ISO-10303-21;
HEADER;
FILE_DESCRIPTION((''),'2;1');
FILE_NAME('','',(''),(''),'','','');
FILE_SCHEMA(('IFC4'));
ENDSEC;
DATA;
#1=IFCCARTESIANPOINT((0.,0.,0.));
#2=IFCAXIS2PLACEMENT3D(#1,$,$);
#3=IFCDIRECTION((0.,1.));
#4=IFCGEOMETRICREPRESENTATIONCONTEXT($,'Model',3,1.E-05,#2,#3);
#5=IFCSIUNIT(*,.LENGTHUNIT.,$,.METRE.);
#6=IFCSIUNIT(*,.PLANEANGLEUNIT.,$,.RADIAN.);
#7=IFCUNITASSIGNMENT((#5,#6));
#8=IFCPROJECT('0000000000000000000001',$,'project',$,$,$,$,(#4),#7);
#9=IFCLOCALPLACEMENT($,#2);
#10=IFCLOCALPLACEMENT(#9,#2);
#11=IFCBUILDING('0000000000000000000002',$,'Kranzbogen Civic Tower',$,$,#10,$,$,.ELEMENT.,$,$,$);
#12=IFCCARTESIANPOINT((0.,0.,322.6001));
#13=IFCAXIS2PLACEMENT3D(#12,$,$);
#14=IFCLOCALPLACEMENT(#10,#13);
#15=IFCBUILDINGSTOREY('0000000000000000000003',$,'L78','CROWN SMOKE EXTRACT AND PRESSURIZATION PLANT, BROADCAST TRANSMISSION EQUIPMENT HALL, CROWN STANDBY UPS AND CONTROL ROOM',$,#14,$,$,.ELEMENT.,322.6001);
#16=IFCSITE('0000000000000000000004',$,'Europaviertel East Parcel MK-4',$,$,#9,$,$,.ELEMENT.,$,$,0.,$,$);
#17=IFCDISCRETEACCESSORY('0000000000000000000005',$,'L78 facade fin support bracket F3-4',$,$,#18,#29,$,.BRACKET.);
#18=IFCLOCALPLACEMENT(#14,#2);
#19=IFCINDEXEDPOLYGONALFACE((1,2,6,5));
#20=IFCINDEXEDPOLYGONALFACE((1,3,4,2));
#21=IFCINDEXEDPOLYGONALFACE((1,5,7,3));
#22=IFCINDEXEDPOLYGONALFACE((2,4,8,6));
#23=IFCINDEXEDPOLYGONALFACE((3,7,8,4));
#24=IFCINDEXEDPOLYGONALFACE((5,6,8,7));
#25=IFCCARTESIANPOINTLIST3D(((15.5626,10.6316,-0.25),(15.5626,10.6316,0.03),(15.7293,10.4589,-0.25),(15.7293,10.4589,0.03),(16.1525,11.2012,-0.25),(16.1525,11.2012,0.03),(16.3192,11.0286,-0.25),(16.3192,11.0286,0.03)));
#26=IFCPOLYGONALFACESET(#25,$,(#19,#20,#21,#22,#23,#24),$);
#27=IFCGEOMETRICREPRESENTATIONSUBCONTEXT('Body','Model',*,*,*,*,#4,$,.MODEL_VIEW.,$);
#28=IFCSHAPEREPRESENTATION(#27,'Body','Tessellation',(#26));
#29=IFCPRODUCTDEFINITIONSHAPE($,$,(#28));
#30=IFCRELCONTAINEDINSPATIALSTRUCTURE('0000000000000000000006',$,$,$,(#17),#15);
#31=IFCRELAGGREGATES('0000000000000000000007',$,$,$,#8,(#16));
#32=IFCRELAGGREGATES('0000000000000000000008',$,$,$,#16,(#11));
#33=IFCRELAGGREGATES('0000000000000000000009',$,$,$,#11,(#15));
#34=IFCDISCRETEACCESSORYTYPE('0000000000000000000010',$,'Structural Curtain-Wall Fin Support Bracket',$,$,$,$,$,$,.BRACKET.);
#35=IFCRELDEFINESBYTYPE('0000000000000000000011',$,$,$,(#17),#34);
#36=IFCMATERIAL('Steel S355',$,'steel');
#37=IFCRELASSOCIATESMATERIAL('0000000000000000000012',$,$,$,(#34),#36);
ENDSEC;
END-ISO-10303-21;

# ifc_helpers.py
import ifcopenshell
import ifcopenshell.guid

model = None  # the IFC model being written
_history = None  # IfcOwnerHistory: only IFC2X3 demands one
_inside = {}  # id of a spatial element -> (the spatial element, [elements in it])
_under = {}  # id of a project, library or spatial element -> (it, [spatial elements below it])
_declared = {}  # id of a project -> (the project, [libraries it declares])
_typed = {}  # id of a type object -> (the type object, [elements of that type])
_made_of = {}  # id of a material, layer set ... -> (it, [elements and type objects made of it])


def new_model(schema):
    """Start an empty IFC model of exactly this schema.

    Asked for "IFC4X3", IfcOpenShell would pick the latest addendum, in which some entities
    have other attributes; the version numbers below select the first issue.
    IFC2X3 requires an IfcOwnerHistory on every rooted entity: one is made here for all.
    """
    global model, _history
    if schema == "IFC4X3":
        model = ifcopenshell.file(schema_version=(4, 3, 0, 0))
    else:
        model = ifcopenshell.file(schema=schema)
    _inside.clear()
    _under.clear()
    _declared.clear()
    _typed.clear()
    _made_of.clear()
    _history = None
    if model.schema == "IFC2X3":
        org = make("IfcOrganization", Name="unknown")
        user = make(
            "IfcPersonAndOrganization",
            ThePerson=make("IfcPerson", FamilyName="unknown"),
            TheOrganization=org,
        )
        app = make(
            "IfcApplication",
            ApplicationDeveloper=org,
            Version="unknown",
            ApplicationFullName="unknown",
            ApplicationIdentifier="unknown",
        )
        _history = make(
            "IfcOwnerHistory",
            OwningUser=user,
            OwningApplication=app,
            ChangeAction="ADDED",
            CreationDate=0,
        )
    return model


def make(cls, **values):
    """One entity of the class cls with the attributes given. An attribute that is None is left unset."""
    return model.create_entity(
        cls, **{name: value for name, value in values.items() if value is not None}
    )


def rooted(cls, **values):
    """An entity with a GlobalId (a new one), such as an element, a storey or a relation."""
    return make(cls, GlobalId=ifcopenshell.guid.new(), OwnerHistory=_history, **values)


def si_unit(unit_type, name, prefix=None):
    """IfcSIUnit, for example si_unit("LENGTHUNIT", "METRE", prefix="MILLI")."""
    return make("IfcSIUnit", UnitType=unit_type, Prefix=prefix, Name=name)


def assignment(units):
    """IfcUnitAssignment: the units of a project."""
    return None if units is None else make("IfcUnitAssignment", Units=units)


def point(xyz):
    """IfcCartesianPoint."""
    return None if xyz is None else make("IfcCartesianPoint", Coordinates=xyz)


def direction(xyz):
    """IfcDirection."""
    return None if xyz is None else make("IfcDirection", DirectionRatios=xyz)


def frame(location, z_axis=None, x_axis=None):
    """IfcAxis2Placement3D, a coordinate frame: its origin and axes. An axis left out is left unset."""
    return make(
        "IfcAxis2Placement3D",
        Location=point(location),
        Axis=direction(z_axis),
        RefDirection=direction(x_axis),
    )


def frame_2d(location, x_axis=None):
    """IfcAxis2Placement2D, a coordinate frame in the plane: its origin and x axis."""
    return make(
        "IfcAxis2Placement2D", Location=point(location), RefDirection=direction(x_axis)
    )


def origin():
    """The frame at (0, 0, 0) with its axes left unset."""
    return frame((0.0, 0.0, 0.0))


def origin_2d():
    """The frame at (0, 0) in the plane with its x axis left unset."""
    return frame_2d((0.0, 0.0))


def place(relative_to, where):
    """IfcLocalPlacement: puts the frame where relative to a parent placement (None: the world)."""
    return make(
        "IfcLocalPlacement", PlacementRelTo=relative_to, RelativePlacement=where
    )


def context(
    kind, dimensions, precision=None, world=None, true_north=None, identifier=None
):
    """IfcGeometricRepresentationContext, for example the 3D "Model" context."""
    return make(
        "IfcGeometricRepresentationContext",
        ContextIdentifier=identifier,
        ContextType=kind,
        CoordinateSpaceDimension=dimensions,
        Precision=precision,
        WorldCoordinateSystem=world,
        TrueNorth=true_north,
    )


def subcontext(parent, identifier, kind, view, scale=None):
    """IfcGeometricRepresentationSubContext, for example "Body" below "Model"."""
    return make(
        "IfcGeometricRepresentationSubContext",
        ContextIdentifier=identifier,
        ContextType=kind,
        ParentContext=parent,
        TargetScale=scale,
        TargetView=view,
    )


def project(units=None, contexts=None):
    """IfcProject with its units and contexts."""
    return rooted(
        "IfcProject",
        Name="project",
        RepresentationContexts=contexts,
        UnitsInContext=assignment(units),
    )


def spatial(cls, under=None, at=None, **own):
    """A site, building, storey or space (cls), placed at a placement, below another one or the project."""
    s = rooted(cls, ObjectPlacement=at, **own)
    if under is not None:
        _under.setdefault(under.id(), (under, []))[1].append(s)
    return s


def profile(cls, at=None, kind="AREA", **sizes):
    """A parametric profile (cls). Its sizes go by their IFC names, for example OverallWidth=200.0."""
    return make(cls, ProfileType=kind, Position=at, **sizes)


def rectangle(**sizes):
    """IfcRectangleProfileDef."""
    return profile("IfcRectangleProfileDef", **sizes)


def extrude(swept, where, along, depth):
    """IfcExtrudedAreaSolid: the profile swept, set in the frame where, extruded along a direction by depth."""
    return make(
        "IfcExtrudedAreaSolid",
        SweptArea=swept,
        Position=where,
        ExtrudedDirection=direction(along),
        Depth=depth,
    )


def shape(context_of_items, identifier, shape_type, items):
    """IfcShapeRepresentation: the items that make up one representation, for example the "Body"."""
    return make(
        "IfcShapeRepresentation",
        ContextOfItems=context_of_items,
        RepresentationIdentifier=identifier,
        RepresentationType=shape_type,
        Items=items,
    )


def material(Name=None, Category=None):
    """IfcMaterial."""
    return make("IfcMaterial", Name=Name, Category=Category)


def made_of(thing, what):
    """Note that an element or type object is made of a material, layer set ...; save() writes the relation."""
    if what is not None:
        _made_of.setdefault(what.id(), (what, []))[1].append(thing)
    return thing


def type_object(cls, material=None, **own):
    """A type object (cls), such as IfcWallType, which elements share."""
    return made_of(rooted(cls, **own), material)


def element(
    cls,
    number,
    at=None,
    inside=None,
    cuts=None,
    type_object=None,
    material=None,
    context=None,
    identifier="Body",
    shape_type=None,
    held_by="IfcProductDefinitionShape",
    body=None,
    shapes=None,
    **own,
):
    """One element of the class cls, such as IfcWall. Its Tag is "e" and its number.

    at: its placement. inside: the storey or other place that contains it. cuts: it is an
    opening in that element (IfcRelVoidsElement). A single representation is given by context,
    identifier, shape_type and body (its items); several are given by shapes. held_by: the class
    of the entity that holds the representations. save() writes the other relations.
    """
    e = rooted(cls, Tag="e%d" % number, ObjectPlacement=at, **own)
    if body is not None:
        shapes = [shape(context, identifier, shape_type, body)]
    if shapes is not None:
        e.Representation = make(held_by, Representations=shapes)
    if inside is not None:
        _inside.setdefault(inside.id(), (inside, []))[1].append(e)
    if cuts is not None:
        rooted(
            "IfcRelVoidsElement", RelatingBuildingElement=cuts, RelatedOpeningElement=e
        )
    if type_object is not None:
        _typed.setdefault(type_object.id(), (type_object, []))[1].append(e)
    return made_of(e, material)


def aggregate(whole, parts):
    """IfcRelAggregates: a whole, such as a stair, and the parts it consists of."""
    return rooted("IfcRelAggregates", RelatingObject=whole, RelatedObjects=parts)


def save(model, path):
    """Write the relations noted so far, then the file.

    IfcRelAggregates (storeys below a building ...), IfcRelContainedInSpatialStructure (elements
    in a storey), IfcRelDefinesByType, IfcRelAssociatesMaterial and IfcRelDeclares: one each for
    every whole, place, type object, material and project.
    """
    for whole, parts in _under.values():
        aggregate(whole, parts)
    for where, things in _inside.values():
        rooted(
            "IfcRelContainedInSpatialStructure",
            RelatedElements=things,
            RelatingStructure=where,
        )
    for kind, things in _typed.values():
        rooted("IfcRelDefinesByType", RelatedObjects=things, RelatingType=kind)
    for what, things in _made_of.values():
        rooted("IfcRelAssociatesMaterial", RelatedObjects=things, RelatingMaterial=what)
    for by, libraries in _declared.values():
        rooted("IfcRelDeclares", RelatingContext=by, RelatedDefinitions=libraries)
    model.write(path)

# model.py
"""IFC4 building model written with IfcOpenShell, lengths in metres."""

from ifc_helpers import new_model, si_unit, direction, frame, origin, origin_2d, place, context, subcontext, project, spatial, rectangle, extrude, material, type_object, element, save


model = new_model("IFC4")

# Units and contexts
model_context = context("Model", 3, precision=1e-05, world=origin(), true_north=direction((0.0, 1.0)))
body_context = subcontext(model_context, "Body", "Model", "MODEL_VIEW")
ifc_project = project(units=[si_unit("LENGTHUNIT", "METRE"), si_unit("PLANEANGLEUNIT", "RADIAN")], contexts=[model_context])

# Site, building, storey
site_placement = place(None, origin())
site = spatial("IfcSite", under=ifc_project, at=site_placement, Name="Europaviertel East Parcel MK-4", CompositionType="ELEMENT", RefElevation=0.0)
building_placement = place(site_placement, origin())
building = spatial("IfcBuilding", under=site, at=building_placement, Name="Kranzbogen Civic Tower", CompositionType="ELEMENT")
storey_placement = place(building_placement, frame((0.0, 0.0, 322.6001)))
storey = spatial("IfcBuildingStorey", under=building, at=storey_placement, Name="L78", Description="CROWN SMOKE EXTRACT AND PRESSURIZATION PLANT, BROADCAST TRANSMISSION EQUIPMENT HALL, CROWN STANDBY UPS AND CONTROL ROOM", CompositionType="ELEMENT", Elevation=322.6001)

# Shared definitions
ifc_material_1 = material(Name="Steel S355", Category="steel")

# Discrete accessory
discrete_accessory_type = type_object("IfcDiscreteAccessoryType", Name="Structural Curtain-Wall Fin Support Bracket", PredefinedType="BRACKET", material=ifc_material_1)
discrete_accessory_placement = place(storey_placement, frame((15.9409, 10.8301, -0.25), z_axis=(0.0, 0.0, 1.0), x_axis=(-0.71934, -0.694658, 0.0)))
element("IfcDiscreteAccessory", 1, at=discrete_accessory_placement, inside=storey, type_object=discrete_accessory_type, Name="L78 facade fin support bracket F3-4", PredefinedType="BRACKET", context=body_context, shape_type="SweptSolid", body=[
    extrude(rectangle(XDim=0.8201, YDim=0.24, at=origin_2d()), origin(), (0.0, 0.0, 1.0), 0.28),
])

save(model, "model.ifc")
